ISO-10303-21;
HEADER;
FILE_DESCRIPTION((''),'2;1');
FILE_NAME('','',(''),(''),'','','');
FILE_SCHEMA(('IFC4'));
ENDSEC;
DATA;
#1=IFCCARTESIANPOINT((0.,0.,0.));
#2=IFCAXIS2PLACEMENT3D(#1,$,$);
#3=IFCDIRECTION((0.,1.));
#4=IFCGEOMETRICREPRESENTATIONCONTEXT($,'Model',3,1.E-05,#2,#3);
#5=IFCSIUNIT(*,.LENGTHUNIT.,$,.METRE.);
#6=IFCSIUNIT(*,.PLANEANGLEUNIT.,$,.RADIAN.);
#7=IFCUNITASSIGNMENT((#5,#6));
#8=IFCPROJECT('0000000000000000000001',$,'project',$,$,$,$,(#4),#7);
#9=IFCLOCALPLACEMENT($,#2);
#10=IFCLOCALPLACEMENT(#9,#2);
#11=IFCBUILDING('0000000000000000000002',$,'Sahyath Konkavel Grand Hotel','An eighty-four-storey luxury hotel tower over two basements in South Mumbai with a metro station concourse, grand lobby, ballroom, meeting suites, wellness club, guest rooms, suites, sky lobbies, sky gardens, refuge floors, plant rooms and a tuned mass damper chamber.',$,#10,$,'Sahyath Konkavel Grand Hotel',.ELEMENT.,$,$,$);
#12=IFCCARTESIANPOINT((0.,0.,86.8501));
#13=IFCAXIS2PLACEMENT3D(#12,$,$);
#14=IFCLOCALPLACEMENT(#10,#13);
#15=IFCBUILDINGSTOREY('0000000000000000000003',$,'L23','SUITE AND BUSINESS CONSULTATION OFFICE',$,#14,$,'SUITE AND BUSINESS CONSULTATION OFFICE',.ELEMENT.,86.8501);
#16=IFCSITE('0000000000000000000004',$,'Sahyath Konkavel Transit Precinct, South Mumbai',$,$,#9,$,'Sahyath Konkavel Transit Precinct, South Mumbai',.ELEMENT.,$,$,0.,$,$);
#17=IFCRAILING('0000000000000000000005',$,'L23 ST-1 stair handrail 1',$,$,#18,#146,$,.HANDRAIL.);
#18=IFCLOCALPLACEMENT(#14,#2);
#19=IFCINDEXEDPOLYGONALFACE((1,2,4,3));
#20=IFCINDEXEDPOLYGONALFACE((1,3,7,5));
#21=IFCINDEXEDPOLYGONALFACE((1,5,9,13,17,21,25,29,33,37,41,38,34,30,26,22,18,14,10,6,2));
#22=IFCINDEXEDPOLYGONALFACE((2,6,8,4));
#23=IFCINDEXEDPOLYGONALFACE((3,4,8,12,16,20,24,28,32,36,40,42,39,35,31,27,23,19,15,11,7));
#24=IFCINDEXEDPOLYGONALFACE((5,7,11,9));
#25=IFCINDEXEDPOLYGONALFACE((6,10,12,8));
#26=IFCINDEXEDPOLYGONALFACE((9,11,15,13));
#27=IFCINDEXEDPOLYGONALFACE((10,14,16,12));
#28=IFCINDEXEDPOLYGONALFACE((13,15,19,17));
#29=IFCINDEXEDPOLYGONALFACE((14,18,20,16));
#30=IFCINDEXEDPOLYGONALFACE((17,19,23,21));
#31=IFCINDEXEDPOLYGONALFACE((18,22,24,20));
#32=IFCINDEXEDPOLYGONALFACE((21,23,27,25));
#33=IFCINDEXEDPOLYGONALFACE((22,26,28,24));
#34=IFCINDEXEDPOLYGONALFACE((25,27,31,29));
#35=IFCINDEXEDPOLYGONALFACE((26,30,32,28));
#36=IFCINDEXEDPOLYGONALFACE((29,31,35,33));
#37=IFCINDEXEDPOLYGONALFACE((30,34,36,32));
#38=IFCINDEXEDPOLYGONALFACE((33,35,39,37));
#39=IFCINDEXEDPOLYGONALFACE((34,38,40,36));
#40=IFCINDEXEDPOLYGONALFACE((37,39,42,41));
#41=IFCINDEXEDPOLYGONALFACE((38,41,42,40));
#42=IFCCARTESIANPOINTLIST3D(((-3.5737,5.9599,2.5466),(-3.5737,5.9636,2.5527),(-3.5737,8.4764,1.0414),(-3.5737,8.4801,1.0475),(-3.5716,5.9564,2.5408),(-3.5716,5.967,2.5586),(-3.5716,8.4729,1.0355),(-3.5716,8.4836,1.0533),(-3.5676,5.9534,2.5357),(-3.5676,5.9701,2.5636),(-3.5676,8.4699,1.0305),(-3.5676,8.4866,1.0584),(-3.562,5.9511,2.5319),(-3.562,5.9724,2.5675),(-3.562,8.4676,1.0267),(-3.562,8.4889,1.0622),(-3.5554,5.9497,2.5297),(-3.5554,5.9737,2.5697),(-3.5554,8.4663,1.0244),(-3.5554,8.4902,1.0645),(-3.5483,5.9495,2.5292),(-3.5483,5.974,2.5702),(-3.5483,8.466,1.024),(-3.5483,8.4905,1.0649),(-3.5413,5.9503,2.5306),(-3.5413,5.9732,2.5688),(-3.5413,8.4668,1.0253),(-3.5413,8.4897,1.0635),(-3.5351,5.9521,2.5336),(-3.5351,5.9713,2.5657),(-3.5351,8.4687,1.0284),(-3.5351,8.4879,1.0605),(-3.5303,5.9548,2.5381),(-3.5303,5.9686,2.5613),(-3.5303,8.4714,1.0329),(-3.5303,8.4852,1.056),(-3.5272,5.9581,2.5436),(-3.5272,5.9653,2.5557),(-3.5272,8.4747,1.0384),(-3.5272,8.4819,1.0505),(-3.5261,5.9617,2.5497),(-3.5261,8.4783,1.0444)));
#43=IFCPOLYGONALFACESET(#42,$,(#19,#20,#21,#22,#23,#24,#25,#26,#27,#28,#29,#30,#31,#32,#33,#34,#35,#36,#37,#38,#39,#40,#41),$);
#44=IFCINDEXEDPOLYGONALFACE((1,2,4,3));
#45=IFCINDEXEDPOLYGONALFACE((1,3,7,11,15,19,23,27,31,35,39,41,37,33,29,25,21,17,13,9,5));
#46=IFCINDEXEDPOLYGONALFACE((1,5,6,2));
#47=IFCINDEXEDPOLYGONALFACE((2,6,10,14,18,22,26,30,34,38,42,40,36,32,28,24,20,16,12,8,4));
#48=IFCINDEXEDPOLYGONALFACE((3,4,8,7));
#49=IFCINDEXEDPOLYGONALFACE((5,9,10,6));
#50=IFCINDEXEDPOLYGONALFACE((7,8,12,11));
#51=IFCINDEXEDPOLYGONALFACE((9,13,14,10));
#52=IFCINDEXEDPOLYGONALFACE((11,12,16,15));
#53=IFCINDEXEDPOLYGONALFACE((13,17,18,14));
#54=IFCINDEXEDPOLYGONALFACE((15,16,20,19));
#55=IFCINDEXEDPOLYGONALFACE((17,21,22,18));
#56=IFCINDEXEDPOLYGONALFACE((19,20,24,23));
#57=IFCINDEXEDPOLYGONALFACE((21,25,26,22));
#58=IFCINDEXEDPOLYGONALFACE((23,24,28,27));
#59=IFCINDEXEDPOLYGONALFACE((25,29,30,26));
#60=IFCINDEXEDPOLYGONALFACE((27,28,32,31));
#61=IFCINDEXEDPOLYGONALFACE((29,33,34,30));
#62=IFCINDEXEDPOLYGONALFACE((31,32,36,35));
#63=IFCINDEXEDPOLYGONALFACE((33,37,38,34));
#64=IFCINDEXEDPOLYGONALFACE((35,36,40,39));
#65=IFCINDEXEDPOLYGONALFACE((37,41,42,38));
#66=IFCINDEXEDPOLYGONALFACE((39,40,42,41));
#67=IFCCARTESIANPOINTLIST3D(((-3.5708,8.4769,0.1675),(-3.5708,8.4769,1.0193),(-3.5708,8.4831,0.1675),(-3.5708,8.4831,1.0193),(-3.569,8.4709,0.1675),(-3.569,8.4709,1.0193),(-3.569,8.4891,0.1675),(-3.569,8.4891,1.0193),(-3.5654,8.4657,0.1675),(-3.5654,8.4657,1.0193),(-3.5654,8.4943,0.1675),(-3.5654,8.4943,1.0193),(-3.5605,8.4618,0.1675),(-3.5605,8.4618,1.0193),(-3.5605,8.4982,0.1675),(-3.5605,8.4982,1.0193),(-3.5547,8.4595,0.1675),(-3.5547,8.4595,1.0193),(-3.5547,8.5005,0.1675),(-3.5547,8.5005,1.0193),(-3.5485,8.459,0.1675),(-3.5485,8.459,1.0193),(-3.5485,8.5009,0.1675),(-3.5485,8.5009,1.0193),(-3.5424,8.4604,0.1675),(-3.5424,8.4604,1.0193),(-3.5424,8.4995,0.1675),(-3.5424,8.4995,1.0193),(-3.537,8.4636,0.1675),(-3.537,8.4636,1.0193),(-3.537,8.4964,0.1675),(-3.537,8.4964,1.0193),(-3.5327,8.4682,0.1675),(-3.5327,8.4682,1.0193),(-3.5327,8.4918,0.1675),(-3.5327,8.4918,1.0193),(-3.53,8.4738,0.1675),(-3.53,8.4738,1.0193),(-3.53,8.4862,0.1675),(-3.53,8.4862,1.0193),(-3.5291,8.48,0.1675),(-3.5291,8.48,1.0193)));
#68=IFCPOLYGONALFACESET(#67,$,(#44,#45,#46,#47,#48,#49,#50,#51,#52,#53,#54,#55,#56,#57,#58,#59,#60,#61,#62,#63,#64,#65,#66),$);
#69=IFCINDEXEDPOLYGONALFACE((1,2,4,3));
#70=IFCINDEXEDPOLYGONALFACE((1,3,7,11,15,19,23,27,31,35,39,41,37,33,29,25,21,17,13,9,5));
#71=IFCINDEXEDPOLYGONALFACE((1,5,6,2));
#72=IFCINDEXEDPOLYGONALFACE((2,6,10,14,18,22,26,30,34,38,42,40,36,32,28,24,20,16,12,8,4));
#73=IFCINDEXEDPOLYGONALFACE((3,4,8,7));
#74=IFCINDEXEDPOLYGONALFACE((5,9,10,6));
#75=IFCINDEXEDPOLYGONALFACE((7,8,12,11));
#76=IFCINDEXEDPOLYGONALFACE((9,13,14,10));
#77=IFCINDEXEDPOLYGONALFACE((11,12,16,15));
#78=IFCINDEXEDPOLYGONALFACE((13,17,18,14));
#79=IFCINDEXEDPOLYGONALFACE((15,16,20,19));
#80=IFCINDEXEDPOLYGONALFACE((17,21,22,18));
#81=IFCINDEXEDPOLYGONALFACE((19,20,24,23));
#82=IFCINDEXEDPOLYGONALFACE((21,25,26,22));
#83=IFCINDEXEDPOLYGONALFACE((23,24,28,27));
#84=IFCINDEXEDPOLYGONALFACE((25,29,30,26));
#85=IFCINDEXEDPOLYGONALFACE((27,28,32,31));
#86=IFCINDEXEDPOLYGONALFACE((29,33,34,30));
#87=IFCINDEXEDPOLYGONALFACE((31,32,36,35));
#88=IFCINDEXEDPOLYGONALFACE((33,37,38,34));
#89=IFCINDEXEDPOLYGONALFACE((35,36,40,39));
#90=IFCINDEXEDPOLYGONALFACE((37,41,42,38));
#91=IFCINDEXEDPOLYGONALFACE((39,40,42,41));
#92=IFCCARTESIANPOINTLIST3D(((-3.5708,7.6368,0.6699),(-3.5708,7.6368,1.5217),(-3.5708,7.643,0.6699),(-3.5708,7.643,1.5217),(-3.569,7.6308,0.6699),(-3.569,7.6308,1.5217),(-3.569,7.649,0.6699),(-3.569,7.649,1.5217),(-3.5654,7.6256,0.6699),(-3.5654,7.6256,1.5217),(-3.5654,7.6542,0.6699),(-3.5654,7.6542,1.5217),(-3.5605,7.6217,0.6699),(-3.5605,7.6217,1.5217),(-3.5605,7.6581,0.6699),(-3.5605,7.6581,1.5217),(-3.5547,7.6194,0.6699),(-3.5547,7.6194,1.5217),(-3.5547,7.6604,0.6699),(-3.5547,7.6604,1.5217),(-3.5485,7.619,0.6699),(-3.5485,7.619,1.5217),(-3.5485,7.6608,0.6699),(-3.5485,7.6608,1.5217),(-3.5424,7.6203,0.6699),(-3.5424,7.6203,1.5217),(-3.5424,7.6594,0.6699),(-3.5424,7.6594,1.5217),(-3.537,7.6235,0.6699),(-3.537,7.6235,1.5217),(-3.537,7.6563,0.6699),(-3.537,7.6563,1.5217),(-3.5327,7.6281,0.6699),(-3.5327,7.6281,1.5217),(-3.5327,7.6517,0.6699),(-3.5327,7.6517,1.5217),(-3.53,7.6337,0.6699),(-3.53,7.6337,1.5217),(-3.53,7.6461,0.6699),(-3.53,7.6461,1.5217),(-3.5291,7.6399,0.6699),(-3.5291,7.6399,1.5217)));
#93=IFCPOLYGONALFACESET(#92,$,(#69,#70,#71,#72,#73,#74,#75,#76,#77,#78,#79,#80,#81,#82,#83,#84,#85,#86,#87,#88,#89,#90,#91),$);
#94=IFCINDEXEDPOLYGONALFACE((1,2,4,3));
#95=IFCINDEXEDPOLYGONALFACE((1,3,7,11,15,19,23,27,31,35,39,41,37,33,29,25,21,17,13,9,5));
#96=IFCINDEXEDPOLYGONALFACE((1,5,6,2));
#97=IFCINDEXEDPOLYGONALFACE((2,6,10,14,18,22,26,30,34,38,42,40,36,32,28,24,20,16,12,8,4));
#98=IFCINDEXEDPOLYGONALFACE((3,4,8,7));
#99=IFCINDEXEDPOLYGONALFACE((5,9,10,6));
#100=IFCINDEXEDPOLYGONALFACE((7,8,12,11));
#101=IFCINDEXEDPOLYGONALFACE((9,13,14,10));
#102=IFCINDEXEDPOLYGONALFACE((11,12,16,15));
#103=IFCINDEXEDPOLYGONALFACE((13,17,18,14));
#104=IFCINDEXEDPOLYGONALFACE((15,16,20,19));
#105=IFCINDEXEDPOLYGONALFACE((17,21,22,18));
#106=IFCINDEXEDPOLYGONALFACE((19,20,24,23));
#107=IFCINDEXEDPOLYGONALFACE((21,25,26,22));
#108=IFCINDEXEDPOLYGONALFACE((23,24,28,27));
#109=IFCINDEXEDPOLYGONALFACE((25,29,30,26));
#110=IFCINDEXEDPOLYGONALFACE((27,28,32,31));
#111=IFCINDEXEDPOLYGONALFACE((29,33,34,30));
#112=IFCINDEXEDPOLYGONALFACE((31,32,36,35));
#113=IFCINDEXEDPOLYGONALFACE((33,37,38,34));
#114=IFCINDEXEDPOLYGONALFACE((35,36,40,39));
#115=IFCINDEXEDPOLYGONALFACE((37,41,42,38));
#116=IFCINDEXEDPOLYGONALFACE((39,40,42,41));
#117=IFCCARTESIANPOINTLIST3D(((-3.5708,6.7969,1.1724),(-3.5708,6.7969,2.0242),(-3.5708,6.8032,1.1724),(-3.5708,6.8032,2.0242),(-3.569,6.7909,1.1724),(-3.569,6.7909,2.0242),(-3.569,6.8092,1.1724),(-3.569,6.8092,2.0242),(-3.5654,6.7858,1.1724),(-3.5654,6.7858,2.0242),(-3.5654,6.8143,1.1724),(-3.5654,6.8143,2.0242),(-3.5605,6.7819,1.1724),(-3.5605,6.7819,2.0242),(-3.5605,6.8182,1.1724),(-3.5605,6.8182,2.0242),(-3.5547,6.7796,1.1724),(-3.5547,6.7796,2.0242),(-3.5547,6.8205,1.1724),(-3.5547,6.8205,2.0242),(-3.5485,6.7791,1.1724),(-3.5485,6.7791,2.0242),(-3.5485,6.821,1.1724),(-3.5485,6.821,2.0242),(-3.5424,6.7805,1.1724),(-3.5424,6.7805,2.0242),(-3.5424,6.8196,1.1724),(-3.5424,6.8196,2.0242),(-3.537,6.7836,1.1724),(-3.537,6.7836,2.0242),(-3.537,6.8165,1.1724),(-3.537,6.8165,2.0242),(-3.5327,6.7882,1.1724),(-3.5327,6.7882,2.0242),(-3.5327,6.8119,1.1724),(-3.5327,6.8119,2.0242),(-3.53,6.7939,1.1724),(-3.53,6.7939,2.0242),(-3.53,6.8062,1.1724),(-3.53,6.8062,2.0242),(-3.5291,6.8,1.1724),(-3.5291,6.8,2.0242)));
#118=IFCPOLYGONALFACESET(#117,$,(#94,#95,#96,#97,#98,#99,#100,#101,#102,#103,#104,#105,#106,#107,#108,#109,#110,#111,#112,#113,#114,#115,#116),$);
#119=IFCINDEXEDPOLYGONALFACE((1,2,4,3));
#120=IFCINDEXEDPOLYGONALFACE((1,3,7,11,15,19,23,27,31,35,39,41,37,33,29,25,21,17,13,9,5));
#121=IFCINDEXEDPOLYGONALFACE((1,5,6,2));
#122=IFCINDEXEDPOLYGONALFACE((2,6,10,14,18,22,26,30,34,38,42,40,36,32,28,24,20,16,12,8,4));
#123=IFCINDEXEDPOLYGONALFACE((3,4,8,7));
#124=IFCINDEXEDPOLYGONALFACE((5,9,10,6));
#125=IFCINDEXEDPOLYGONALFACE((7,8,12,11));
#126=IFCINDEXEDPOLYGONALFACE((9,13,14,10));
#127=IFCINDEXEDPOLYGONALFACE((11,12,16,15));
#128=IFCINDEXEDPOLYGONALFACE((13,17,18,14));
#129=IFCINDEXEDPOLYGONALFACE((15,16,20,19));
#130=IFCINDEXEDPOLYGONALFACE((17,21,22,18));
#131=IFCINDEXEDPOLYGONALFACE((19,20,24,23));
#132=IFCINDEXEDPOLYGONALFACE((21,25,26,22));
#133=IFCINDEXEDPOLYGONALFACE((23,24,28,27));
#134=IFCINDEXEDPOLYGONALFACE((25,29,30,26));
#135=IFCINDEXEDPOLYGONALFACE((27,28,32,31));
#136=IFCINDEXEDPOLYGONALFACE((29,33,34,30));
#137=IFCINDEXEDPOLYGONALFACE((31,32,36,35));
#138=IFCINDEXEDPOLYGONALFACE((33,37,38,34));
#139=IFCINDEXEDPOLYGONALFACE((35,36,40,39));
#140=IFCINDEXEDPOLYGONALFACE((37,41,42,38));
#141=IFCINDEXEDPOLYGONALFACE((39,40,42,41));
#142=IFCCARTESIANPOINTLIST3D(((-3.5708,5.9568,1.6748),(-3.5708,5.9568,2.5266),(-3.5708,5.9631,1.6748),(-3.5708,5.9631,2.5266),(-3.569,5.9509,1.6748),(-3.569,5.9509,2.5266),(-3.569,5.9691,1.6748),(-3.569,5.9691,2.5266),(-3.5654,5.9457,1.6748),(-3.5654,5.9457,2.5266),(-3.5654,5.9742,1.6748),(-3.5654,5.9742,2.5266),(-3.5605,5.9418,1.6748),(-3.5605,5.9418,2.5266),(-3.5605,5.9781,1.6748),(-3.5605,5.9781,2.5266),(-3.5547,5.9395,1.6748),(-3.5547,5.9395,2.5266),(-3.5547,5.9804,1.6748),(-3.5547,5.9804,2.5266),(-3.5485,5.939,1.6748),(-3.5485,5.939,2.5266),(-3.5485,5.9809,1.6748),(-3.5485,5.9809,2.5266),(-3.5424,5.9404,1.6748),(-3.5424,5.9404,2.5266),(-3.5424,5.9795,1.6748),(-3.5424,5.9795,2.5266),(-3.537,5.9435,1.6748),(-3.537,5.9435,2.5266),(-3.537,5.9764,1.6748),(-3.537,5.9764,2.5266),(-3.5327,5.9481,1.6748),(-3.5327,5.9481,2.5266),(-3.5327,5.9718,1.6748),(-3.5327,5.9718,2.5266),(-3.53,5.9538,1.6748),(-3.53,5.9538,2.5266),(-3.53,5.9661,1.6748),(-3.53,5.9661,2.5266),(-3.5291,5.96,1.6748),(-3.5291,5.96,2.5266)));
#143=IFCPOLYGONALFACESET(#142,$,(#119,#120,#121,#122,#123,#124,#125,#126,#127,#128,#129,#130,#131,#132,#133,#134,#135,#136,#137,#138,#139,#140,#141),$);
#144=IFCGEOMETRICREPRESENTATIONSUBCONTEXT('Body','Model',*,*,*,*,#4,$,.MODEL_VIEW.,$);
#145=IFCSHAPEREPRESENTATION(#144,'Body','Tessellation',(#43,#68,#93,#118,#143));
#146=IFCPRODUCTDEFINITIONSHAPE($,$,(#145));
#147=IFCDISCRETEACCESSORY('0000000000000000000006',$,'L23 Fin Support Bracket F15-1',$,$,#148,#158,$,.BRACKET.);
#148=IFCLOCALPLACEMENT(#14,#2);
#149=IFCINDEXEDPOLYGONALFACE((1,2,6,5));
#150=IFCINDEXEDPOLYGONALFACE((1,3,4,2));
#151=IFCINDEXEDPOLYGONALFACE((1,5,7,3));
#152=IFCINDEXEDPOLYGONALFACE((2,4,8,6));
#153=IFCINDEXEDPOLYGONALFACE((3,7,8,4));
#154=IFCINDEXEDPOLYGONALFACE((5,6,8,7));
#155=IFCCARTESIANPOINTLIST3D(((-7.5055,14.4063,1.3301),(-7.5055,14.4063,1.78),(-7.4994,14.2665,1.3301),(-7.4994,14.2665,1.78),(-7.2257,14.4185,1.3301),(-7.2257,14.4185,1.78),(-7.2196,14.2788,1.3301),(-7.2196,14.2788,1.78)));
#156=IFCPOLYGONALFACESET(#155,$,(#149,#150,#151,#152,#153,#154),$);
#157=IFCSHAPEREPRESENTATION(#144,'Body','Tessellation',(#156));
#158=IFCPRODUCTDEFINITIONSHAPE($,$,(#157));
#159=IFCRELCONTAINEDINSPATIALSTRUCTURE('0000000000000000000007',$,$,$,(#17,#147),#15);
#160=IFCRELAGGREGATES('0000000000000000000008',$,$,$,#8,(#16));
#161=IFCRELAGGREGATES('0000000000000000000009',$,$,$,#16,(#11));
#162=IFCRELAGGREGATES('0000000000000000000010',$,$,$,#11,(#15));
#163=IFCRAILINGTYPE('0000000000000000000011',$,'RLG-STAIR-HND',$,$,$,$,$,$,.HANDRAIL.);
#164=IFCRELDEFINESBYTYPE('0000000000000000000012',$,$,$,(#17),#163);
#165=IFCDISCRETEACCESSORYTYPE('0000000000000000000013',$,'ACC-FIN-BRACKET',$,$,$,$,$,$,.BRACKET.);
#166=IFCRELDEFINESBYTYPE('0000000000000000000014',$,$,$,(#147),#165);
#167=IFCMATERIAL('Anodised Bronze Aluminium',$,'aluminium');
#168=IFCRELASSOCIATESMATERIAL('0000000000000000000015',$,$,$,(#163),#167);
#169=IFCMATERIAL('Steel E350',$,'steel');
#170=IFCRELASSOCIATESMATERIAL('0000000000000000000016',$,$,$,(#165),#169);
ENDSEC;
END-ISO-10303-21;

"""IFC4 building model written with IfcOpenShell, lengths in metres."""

from ifc_helpers import new_model, si_unit, direction, frame, origin, origin_2d, place, context, subcontext, project, spatial, rectangle, circle, extrude, source, transform, mapped, material, type_object, element, save


model = new_model("IFC4")

# Units and contexts
model_context = context("Model", 3, precision=1e-05, world=origin(), true_north=direction((0.0, 1.0)))
body_context = subcontext(model_context, "Body", "Model", "MODEL_VIEW")
ifc_project = project(units=[si_unit("LENGTHUNIT", "METRE"), si_unit("PLANEANGLEUNIT", "RADIAN")], contexts=[model_context])

# Site, building, storey
site_placement = place(None, origin())
site = spatial("IfcSite", under=ifc_project, at=site_placement, Name="Sahyath Konkavel Transit Precinct, South Mumbai", LongName="Sahyath Konkavel Transit Precinct, South Mumbai", CompositionType="ELEMENT", RefElevation=0.0)
building_placement = place(site_placement, origin())
building = spatial("IfcBuilding", under=site, at=building_placement, Name="Sahyath Konkavel Grand Hotel", Description="An eighty-four-storey luxury hotel tower over two basements in South Mumbai with a metro station concourse, grand lobby, ballroom, meeting suites, wellness club, guest rooms, suites, sky lobbies, sky gardens, refuge floors, plant rooms and a tuned mass damper chamber.", LongName="Sahyath Konkavel Grand Hotel", CompositionType="ELEMENT")
storey_placement = place(building_placement, frame((0.0, 0.0, 86.8501)))
storey = spatial("IfcBuildingStorey", under=building, at=storey_placement, Name="L23", Description="SUITE AND BUSINESS CONSULTATION OFFICE", LongName="SUITE AND BUSINESS CONSULTATION OFFICE", CompositionType="ELEMENT", Elevation=86.8501)

# Shared definitions
ifc_material_1 = material(Name="Steel E350", Category="steel")

# Shared definitions
ifc_material_2 = material(Name="Anodised Bronze Aluminium", Category="aluminium")

# Railing
railing_type_1 = type_object("IfcRailingType", Name="RLG-STAIR-HND", PredefinedType="HANDRAIL", material=ifc_material_2)
railing_1_placement = place(storey_placement, frame((-3.55, 8.48, 0.1675)))
element("IfcRailing", 1, at=railing_1_placement, inside=storey, type_object=railing_type_1, Name="L23 ST-1 stair handrail 1", PredefinedType="HANDRAIL", context=body_context, shape_type="SweptSolid", body=[
    extrude(circle(Radius=0.0239, at=origin_2d()), frame((0.0, -0.0017, 0.877), z_axis=(0.0, -0.858196, 0.513321), x_axis=(1.0, 0.0, 0.0)), (0.0, 0.0, 1.0), 2.9324),
    extrude(circle(Radius=0.021, at=origin_2d()), origin(), (0.0, 0.0, 1.0), 0.8518),
    extrude(circle(Radius=0.021, at=origin_2d()), frame((0.0, -0.8401, 0.5024)), (0.0, 0.0, 1.0), 0.8518),
    extrude(circle(Radius=0.021, at=origin_2d()), frame((0.0, -1.6799, 1.0049)), (0.0, 0.0, 1.0), 0.8518),
    extrude(circle(Radius=0.021, at=origin_2d()), frame((0.0, -2.52, 1.5073)), (0.0, 0.0, 1.0), 0.8518),
])

# Discrete accessory
discrete_accessory_type = type_object("IfcDiscreteAccessoryType", Name="ACC-FIN-BRACKET", PredefinedType="BRACKET", material=ifc_material_1)
shared_shape_1 = source(origin(), body_context, "Body", "SweptSolid", [
    extrude(rectangle(XDim=0.28, YDim=0.1399, at=origin_2d()), origin(), (0.0, 0.0, 1.0), 0.45),
])
discrete_accessory_placement = place(storey_placement, frame((-7.3625, 14.3425, 1.3301), z_axis=(0.0, 0.0, 1.0), x_axis=(-0.999048, -0.043619, 0.0)))
element("IfcDiscreteAccessory", 2, at=discrete_accessory_placement, inside=storey, type_object=discrete_accessory_type, Name="L23 Fin Support Bracket F15-1", PredefinedType="BRACKET", context=body_context, shape_type="MappedRepresentation", body=[
    mapped(shared_shape_1, transform((0.0, 0.0, 0.0), scale=1.0)),
])

save(model, "model.ifc")
